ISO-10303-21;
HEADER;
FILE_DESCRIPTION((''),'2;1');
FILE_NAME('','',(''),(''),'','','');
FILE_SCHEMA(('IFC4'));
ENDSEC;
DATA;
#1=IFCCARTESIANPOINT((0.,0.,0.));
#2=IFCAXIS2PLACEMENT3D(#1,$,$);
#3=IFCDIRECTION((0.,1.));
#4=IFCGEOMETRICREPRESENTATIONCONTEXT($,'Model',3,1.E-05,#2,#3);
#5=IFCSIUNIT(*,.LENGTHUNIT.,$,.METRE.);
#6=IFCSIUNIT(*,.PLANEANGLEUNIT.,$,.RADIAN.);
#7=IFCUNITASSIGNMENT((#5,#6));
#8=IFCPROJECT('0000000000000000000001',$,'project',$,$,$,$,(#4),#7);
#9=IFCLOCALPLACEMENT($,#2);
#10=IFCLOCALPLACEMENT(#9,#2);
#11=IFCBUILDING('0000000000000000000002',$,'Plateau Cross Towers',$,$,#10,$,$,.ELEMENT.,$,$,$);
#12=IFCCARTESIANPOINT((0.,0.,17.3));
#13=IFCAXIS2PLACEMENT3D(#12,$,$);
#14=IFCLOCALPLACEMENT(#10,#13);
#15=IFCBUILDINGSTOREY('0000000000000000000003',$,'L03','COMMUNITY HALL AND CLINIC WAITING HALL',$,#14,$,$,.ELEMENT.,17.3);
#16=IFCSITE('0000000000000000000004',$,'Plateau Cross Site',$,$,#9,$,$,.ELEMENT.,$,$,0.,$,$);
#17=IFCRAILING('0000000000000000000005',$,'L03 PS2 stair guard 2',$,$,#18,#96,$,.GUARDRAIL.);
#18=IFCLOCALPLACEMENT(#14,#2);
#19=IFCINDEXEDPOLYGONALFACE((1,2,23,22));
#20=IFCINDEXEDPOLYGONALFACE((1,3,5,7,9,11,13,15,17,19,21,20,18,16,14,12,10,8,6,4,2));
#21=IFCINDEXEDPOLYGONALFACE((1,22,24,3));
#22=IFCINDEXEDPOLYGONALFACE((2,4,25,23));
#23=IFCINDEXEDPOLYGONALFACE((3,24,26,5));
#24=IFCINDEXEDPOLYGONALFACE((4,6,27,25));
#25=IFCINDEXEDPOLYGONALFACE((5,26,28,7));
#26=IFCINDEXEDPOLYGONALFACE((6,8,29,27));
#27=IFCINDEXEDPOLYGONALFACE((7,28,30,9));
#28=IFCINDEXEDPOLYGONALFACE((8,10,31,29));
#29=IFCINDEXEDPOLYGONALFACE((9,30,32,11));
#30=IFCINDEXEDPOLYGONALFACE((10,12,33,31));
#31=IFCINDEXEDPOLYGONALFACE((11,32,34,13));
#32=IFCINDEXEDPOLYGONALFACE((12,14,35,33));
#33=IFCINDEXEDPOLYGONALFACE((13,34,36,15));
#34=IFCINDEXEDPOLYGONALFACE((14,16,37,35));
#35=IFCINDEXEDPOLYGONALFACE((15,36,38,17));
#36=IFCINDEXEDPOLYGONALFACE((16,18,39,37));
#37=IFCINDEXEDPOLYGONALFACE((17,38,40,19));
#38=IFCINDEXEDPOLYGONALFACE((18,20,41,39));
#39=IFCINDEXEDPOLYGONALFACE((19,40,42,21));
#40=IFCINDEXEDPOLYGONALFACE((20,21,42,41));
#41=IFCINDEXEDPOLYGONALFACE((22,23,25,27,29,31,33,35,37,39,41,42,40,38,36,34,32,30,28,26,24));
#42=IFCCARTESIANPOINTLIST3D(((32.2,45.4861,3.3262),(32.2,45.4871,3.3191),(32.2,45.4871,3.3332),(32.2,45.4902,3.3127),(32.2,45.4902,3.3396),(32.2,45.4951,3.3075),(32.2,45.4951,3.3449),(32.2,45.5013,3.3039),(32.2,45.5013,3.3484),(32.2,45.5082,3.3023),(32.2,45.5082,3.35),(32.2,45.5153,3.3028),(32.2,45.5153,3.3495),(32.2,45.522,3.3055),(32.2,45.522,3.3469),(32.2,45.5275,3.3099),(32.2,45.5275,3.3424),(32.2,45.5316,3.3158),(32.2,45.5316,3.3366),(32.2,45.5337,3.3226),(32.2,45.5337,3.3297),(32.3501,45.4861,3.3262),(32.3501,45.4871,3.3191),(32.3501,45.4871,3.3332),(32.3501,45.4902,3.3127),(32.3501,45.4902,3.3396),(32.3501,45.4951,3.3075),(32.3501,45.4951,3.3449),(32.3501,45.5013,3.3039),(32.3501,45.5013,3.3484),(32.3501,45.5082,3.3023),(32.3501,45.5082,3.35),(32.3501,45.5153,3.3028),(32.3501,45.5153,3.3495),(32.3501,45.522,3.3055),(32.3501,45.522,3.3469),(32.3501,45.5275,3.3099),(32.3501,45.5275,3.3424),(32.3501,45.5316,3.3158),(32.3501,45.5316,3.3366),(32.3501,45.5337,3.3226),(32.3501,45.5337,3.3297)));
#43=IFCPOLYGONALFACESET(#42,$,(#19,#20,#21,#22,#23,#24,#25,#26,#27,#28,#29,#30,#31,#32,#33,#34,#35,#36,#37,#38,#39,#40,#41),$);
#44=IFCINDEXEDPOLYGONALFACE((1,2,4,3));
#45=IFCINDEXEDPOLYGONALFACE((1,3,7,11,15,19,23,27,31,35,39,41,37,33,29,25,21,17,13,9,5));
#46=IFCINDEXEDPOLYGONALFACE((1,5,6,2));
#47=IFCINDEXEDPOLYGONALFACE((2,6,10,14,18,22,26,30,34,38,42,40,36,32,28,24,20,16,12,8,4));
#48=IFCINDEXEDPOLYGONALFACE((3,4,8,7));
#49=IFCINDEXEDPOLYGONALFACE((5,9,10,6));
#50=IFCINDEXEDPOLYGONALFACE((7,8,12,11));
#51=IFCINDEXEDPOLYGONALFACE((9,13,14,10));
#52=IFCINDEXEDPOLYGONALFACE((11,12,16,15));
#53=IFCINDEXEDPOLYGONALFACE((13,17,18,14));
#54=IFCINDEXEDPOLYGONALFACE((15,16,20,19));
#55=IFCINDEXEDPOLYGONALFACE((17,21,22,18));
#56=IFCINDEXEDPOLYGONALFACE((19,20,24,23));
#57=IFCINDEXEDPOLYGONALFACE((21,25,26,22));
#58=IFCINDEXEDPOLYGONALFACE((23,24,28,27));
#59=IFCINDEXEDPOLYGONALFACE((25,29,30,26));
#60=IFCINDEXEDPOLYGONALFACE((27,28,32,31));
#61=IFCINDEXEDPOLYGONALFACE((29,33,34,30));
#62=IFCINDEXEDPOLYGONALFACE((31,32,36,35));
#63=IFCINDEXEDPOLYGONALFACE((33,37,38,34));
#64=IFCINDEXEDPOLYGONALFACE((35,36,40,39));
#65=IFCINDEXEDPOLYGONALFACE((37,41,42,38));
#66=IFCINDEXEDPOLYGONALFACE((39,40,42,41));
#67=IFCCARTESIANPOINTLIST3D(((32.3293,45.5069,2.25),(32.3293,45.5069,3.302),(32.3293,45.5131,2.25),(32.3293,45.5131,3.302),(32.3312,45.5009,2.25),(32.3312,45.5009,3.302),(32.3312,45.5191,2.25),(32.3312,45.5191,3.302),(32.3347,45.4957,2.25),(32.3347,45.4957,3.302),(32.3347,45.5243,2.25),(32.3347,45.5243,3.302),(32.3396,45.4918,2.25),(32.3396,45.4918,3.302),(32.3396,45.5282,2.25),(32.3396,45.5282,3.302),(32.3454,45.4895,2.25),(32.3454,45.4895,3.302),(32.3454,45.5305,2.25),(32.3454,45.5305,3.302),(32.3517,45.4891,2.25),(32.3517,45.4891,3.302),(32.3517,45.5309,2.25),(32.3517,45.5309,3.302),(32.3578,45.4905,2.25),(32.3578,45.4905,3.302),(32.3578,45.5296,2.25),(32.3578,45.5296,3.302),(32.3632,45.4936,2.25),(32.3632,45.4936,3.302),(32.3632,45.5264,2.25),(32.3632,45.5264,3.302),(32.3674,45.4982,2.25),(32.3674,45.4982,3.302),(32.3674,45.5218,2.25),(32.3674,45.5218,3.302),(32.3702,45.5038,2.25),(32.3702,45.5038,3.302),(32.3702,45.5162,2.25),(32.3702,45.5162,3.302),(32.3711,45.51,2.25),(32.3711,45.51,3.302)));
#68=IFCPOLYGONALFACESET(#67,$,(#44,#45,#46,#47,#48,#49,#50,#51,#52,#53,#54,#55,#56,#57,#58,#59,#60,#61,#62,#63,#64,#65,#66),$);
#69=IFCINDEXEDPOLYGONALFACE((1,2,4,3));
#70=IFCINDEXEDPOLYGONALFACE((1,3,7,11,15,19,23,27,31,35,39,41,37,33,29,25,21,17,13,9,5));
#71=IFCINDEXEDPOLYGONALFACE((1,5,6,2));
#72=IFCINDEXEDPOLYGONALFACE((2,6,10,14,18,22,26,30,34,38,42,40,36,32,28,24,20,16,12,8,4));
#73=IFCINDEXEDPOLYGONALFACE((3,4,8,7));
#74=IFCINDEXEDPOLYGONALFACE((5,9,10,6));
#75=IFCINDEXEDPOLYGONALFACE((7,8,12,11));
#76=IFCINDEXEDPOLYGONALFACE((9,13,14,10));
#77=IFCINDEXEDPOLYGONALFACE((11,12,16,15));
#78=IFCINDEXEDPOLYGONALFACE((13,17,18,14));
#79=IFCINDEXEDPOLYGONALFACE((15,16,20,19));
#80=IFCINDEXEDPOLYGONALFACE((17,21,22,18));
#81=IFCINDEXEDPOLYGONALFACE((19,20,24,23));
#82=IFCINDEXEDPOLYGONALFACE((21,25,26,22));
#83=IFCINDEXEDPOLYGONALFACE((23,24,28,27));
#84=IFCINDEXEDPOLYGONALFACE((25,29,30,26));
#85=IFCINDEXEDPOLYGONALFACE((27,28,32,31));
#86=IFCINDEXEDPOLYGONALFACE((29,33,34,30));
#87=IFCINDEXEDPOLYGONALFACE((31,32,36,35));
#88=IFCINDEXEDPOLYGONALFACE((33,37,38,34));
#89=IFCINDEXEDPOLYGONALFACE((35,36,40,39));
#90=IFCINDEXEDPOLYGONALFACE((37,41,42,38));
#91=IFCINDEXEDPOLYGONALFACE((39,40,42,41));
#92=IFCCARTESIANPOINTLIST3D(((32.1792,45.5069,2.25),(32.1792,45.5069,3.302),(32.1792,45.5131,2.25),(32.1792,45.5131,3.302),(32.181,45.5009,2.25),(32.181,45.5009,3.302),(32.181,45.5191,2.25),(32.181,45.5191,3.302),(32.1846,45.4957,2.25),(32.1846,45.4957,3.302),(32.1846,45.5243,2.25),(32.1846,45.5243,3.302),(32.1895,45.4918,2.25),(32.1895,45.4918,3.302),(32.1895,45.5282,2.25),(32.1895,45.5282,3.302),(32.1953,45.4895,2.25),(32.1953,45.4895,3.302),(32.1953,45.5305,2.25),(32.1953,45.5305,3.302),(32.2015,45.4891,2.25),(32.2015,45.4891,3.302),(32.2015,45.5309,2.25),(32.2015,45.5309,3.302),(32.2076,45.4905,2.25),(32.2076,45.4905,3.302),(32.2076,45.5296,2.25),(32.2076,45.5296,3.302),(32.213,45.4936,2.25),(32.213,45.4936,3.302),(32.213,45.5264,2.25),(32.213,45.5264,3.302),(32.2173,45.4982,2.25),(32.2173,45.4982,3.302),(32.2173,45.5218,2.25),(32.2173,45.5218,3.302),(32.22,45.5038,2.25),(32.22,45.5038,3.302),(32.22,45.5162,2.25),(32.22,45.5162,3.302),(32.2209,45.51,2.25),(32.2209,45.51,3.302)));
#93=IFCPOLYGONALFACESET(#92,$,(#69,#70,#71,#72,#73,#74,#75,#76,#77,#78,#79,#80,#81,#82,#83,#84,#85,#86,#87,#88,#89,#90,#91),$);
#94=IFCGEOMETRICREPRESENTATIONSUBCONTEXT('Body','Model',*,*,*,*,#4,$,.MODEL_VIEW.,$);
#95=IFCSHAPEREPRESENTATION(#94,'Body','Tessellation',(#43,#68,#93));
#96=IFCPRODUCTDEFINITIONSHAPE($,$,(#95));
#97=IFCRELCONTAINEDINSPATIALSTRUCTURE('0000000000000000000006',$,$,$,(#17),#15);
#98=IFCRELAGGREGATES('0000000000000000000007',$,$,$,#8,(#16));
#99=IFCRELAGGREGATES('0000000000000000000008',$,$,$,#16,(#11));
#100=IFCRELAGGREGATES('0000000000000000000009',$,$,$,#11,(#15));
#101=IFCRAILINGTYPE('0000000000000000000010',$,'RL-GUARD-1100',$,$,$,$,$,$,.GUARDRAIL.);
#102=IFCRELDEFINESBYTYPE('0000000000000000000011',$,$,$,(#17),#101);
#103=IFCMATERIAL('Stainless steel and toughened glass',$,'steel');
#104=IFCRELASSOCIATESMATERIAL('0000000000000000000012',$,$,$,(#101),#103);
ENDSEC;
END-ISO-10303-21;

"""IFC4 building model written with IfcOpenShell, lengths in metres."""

from ifc_helpers import new_model, si_unit, direction, frame, origin, origin_2d, place, context, subcontext, project, spatial, circle, extrude, material, type_object, element, save


model = new_model("IFC4")

# Units and contexts
model_context = context("Model", 3, precision=1e-05, world=origin(), true_north=direction((0.0, 1.0)))
body_context = subcontext(model_context, "Body", "Model", "MODEL_VIEW")
ifc_project = project(units=[si_unit("LENGTHUNIT", "METRE"), si_unit("PLANEANGLEUNIT", "RADIAN")], contexts=[model_context])

# Site, building, storey
site_placement = place(None, origin())
site = spatial("IfcSite", under=ifc_project, at=site_placement, Name="Plateau Cross Site", CompositionType="ELEMENT", RefElevation=0.0)
building_placement = place(site_placement, origin())
building = spatial("IfcBuilding", under=site, at=building_placement, Name="Plateau Cross Towers", CompositionType="ELEMENT")
storey_placement = place(building_placement, frame((0.0, 0.0, 17.3)))
storey = spatial("IfcBuildingStorey", under=building, at=storey_placement, Name="L03", Description="COMMUNITY HALL AND CLINIC WAITING HALL", CompositionType="ELEMENT", Elevation=17.3)

# Railing
ifc_material_1 = material(Name="Stainless steel and toughened glass", Category="steel")
railing_type_1 = type_object("IfcRailingType", Name="RL-GUARD-1100", PredefinedType="GUARDRAIL", material=ifc_material_1)
railing_1_placement = place(storey_placement, frame((32.3501, 45.51, 2.25)))
element("IfcRailing", 1, at=railing_1_placement, inside=storey, type_object=railing_type_1, Name="L03 PS2 stair guard 2", PredefinedType="GUARDRAIL", context=body_context, shape_type="SweptSolid", body=[
    extrude(circle(Radius=0.0239, at=origin_2d()), frame((0.0, 0.0, 1.0762), z_axis=(-1.0, 0.0, 0.0), x_axis=(0.0, -1.0, 0.0)), (0.0, 0.0, 1.0), 0.1501),
    extrude(circle(Radius=0.021, at=origin_2d()), origin(), (0.0, 0.0, 1.0), 1.052),
    extrude(circle(Radius=0.021, at=origin_2d()), frame((-0.1501, 0.0, 0.0)), (0.0, 0.0, 1.0), 1.052),
])

save(model, "model.ifc")
